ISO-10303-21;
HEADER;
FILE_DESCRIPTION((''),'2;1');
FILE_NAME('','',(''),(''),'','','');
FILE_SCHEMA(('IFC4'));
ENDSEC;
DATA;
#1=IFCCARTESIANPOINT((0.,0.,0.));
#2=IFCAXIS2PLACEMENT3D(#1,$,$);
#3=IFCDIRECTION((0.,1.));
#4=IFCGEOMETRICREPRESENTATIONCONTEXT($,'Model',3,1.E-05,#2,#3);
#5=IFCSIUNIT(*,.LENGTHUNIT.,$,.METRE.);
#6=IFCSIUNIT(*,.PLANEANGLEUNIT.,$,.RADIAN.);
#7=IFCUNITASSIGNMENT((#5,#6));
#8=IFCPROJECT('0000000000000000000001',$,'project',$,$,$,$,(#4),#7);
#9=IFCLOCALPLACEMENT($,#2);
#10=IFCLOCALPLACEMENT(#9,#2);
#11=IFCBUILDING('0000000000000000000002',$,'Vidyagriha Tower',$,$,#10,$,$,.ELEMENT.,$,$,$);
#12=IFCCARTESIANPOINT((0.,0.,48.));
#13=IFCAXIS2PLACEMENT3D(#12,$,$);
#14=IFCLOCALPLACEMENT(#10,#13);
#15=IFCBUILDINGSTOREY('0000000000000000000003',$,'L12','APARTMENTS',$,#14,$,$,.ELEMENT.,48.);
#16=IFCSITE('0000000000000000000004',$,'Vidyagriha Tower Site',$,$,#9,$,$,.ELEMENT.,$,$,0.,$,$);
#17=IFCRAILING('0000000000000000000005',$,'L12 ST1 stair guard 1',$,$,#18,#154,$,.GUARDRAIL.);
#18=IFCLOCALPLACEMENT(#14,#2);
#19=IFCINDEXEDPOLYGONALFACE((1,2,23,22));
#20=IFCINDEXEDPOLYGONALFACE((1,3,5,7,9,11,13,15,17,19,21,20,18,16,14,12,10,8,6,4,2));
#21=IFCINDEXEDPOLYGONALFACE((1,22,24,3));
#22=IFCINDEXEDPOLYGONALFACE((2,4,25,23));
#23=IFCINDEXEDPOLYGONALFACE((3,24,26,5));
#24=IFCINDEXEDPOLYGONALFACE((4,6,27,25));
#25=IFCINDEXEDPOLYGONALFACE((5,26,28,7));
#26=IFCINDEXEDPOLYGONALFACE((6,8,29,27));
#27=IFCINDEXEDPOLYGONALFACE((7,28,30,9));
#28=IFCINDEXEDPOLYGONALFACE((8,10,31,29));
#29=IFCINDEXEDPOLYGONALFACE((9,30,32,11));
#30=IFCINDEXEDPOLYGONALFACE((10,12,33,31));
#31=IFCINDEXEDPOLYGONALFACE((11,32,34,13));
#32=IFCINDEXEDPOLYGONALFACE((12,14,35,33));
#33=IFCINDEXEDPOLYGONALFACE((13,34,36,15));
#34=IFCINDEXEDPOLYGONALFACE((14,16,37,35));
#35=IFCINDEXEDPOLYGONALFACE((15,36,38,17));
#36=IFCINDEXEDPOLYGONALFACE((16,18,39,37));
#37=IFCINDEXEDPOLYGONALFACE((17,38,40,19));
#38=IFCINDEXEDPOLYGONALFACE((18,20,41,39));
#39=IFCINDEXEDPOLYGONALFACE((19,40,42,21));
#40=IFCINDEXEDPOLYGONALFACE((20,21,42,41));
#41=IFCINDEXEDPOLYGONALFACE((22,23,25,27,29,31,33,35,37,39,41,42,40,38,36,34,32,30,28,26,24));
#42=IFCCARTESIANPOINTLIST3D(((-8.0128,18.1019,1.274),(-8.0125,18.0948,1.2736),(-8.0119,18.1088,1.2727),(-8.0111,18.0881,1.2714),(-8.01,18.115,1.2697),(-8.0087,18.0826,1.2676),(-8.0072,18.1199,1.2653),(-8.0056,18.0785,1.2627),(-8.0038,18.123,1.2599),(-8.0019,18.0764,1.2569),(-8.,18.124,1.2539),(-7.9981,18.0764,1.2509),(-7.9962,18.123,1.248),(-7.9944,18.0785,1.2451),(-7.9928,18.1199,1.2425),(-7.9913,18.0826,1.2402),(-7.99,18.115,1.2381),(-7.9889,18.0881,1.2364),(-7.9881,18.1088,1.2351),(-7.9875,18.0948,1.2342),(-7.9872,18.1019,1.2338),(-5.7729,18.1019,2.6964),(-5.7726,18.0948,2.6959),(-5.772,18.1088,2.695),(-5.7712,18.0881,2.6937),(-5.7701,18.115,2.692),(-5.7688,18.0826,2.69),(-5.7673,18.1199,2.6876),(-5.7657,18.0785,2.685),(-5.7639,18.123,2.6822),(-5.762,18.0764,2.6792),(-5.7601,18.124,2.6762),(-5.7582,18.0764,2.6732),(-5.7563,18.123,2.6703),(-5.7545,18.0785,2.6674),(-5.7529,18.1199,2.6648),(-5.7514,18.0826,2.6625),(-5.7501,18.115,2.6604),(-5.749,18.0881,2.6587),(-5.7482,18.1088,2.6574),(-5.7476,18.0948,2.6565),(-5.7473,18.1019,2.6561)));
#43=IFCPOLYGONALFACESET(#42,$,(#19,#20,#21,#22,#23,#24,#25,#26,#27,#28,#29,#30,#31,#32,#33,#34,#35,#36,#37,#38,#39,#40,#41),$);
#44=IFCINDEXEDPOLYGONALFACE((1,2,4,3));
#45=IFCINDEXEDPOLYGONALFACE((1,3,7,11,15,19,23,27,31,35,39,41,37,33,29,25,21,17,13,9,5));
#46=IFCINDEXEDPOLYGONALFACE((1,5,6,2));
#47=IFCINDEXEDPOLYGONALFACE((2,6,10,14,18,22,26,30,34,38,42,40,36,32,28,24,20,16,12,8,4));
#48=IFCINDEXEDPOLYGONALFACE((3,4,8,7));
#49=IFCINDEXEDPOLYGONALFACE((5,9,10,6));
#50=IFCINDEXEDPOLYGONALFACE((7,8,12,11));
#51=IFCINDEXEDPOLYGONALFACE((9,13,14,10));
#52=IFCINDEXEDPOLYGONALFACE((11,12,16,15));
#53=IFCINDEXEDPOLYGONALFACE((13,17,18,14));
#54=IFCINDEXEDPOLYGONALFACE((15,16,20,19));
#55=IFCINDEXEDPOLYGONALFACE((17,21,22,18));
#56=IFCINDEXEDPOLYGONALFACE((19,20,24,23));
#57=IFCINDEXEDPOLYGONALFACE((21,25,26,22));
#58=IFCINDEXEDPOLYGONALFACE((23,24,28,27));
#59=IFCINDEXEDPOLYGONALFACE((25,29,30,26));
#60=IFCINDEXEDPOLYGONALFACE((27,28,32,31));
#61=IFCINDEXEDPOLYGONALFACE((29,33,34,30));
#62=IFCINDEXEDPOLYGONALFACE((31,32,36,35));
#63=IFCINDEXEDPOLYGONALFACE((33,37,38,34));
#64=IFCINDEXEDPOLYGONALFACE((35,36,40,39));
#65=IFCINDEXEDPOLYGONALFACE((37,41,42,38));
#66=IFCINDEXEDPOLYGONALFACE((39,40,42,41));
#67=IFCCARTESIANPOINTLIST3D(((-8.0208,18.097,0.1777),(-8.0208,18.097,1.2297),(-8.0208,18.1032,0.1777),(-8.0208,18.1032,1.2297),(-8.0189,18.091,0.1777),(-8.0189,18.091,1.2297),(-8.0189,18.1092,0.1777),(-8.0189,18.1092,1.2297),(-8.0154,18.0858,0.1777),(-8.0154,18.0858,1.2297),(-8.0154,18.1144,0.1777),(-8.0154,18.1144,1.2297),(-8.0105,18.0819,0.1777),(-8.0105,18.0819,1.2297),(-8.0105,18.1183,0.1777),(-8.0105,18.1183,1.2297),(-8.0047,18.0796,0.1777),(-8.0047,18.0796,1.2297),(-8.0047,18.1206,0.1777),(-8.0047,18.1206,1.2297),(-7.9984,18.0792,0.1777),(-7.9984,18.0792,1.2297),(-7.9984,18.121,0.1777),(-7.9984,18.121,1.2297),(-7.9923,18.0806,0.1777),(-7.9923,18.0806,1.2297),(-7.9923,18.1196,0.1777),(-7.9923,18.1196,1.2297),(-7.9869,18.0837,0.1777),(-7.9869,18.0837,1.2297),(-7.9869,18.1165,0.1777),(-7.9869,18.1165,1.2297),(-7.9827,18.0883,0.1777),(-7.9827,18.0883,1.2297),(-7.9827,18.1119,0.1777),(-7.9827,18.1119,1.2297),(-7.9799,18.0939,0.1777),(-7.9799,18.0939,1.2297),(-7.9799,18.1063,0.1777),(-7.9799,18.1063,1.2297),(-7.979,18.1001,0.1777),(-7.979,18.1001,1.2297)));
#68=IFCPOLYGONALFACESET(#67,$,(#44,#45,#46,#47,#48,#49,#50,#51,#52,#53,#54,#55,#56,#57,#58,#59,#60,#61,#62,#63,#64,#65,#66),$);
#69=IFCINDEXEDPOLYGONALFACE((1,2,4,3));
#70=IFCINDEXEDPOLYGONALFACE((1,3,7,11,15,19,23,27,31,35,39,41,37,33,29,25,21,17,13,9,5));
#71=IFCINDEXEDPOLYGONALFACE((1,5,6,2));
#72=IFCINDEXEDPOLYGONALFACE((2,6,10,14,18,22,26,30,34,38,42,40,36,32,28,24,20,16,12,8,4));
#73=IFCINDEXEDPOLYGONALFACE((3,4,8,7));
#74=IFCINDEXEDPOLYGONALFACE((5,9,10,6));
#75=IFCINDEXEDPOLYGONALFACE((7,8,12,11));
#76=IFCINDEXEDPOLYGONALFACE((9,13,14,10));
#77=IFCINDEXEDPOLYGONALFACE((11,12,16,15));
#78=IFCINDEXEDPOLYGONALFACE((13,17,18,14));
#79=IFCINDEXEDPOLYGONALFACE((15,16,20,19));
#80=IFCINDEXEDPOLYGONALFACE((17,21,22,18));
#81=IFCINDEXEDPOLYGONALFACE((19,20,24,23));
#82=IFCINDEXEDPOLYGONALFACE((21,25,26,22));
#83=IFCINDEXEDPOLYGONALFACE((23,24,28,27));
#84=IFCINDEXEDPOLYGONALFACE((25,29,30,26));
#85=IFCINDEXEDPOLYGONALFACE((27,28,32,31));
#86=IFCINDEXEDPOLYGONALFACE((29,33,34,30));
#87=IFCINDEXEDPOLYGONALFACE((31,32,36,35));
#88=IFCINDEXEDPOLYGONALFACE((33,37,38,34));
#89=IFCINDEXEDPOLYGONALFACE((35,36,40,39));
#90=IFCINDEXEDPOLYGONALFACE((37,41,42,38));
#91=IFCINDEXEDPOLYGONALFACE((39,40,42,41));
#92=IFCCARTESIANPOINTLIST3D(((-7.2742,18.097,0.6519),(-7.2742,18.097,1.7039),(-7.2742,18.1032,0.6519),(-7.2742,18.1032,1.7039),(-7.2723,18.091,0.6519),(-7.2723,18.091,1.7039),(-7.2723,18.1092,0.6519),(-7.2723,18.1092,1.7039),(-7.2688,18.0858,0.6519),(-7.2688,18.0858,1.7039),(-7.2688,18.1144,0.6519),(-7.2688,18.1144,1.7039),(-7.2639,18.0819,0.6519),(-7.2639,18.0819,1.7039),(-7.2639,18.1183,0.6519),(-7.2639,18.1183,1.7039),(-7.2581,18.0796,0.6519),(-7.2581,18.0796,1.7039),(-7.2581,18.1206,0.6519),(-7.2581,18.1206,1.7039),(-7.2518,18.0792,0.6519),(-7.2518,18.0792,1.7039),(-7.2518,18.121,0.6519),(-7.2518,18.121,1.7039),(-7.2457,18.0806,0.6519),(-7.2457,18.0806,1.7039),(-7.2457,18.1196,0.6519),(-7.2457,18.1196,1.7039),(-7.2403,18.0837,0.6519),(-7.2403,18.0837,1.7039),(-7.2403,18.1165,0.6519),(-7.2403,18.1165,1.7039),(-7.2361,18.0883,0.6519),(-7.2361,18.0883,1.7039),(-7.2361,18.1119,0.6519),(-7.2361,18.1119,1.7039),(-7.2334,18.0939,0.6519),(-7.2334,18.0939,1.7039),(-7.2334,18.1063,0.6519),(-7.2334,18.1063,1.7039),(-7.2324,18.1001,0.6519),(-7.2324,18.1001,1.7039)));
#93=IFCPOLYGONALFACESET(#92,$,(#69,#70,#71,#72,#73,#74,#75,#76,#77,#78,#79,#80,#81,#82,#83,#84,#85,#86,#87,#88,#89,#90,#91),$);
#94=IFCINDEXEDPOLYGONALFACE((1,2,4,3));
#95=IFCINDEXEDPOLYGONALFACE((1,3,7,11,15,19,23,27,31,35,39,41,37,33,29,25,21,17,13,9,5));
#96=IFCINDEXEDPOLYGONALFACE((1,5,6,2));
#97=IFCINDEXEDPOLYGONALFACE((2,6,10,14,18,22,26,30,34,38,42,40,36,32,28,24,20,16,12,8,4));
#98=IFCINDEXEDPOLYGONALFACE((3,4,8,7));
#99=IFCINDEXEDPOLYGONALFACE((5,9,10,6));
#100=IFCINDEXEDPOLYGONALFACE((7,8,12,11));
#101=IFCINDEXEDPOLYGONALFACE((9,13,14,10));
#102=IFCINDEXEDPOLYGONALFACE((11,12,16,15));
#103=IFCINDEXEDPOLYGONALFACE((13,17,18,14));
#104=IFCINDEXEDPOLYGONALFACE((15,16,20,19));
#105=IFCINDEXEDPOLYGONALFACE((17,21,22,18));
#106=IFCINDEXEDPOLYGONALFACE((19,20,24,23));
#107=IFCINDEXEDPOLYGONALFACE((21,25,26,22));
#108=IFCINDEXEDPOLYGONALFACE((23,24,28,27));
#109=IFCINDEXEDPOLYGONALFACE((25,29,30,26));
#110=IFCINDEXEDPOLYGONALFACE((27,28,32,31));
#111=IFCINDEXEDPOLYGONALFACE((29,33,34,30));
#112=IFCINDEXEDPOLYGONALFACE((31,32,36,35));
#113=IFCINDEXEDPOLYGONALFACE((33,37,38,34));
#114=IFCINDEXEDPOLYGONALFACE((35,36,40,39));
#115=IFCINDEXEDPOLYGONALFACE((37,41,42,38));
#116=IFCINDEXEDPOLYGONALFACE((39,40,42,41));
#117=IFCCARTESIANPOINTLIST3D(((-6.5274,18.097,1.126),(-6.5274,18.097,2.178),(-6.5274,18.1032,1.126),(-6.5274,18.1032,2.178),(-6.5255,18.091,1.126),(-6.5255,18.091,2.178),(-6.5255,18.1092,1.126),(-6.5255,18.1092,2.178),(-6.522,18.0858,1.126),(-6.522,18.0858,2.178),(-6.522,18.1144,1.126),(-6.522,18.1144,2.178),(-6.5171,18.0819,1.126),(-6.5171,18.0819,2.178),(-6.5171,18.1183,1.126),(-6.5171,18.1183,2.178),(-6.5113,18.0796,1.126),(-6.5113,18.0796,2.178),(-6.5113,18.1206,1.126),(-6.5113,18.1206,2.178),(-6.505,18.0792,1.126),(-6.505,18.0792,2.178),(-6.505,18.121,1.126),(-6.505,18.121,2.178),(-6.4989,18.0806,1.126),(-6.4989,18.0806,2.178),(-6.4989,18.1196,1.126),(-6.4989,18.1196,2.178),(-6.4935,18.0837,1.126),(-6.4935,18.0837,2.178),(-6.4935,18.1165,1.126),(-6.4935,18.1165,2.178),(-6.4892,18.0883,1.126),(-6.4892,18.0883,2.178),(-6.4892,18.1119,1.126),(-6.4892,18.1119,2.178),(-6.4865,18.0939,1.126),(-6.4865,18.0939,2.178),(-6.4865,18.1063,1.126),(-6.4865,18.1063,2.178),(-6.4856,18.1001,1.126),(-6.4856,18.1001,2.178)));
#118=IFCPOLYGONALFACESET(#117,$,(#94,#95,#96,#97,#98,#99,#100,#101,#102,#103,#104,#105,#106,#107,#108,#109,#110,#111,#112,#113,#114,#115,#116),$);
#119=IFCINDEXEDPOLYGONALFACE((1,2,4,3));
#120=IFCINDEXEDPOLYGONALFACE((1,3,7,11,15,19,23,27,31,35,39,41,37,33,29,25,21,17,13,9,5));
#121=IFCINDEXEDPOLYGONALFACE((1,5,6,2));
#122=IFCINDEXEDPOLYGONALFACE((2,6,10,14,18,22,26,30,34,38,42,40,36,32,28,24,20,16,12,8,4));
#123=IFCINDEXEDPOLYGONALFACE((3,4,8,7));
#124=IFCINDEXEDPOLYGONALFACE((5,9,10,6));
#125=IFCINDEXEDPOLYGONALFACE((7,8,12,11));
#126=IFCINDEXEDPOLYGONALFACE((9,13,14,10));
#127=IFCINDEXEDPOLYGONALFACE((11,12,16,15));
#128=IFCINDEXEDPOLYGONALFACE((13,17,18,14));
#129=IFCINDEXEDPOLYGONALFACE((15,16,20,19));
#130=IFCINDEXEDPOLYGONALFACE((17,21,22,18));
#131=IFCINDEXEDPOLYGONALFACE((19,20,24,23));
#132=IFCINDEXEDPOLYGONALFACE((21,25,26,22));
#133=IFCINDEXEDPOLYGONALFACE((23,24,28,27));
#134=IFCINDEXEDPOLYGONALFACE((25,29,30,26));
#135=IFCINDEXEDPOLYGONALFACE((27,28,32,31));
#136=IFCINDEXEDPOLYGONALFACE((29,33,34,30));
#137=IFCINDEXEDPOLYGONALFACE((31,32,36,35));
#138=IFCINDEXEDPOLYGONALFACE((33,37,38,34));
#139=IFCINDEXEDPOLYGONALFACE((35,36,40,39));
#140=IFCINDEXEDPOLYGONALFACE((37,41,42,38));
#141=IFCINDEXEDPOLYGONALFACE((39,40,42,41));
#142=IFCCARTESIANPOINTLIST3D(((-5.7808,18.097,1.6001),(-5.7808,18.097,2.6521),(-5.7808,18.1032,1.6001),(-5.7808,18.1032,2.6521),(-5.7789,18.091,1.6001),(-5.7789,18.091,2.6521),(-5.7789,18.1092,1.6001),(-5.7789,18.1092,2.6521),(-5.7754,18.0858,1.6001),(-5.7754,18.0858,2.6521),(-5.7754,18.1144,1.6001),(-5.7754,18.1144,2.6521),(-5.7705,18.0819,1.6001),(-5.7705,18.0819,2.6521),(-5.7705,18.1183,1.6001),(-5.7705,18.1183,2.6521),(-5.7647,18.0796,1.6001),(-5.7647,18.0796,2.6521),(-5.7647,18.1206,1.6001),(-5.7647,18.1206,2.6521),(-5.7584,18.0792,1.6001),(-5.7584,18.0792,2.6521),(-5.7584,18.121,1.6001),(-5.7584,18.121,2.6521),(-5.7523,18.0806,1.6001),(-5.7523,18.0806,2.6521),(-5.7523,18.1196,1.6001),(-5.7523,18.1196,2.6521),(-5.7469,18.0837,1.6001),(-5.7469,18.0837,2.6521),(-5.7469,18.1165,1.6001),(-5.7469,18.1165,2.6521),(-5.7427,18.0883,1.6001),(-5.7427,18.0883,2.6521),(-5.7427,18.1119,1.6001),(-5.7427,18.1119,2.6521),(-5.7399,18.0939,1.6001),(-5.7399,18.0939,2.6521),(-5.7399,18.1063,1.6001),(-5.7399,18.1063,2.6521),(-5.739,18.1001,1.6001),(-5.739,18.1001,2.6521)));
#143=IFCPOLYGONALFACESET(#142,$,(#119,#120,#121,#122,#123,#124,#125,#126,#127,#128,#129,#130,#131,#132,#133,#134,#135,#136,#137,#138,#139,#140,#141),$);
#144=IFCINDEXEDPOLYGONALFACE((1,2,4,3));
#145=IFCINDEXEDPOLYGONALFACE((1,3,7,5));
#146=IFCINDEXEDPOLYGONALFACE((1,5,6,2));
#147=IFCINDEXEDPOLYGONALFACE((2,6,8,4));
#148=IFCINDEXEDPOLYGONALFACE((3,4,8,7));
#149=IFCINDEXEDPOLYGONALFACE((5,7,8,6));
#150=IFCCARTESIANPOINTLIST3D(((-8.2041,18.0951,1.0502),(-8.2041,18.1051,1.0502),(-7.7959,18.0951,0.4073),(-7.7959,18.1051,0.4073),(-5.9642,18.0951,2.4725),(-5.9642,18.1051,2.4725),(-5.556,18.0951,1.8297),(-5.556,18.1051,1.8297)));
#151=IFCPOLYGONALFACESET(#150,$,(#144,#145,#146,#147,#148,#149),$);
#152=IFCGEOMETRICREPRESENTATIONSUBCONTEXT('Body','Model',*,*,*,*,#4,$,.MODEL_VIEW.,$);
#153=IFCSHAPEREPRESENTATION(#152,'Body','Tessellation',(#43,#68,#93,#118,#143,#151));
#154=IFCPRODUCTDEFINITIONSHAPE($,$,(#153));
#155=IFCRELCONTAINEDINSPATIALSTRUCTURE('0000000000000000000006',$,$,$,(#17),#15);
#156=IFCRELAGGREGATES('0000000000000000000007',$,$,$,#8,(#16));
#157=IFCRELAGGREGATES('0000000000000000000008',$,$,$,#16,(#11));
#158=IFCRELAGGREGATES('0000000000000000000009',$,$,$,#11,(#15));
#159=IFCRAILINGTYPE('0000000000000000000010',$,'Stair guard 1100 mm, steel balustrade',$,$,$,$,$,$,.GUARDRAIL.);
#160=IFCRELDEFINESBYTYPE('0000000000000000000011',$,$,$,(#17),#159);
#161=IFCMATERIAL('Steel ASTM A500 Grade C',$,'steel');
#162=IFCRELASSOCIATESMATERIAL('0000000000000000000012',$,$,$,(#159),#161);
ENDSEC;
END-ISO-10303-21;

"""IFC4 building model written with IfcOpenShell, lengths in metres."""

from ifc_helpers import new_model, si_unit, direction, frame, origin, origin_2d, place, context, subcontext, project, spatial, rectangle, circle, extrude, material, type_object, element, save


model = new_model("IFC4")

# Units and contexts
model_context = context("Model", 3, precision=1e-05, world=origin(), true_north=direction((0.0, 1.0)))
body_context = subcontext(model_context, "Body", "Model", "MODEL_VIEW")
ifc_project = project(units=[si_unit("LENGTHUNIT", "METRE"), si_unit("PLANEANGLEUNIT", "RADIAN")], contexts=[model_context])

# Site, building, storey
site_placement = place(None, origin())
site = spatial("IfcSite", under=ifc_project, at=site_placement, Name="Vidyagriha Tower Site", CompositionType="ELEMENT", RefElevation=0.0)
building_placement = place(site_placement, origin())
building = spatial("IfcBuilding", under=site, at=building_placement, Name="Vidyagriha Tower", CompositionType="ELEMENT")
storey_placement = place(building_placement, frame((0.0, 0.0, 48.0)))
storey = spatial("IfcBuildingStorey", under=building, at=storey_placement, Name="L12", Description="APARTMENTS", CompositionType="ELEMENT", Elevation=48.0)

# Railing
ifc_material_1 = material(Name="Steel ASTM A500 Grade C", Category="steel")
railing_type_1 = type_object("IfcRailingType", Name="Stair guard 1100 mm, steel balustrade", PredefinedType="GUARDRAIL", material=ifc_material_1)
railing_1_placement = place(storey_placement, frame((-8.0, 18.1001, 0.1777)))
element("IfcRailing", 1, at=railing_1_placement, inside=storey, type_object=railing_type_1, Name="L12 ST1 stair guard 1", PredefinedType="GUARDRAIL", context=body_context, shape_type="SweptSolid", body=[
    extrude(circle(Radius=0.0239, at=origin_2d()), frame((0.0, 0.0, 1.0762), z_axis=(0.844188, 0.0, 0.536048), x_axis=(0.0, 1.0, 0.0)), (0.0, 0.0, 1.0), 2.6533),
    extrude(circle(Radius=0.021, at=origin_2d()), origin(), (0.0, 0.0, 1.0), 1.052),
    extrude(circle(Radius=0.021, at=origin_2d()), frame((0.7466, 0.0, 0.4741)), (0.0, 0.0, 1.0), 1.052),
    extrude(circle(Radius=0.021, at=origin_2d()), frame((1.4934, 0.0, 0.9482)), (0.0, 0.0, 1.0), 1.052),
    extrude(circle(Radius=0.021, at=origin_2d()), frame((2.24, 0.0, 1.4224)), (0.0, 0.0, 1.0), 1.052),
    extrude(rectangle(XDim=0.01, YDim=0.7615, at=origin_2d()), frame((0.0, 0.0, 0.551), z_axis=(0.844188, 0.0, 0.536048), x_axis=(0.0, 1.0, 0.0)), (0.0, 0.0, 1.0), 2.6533),
])

save(model, "model.ifc")
